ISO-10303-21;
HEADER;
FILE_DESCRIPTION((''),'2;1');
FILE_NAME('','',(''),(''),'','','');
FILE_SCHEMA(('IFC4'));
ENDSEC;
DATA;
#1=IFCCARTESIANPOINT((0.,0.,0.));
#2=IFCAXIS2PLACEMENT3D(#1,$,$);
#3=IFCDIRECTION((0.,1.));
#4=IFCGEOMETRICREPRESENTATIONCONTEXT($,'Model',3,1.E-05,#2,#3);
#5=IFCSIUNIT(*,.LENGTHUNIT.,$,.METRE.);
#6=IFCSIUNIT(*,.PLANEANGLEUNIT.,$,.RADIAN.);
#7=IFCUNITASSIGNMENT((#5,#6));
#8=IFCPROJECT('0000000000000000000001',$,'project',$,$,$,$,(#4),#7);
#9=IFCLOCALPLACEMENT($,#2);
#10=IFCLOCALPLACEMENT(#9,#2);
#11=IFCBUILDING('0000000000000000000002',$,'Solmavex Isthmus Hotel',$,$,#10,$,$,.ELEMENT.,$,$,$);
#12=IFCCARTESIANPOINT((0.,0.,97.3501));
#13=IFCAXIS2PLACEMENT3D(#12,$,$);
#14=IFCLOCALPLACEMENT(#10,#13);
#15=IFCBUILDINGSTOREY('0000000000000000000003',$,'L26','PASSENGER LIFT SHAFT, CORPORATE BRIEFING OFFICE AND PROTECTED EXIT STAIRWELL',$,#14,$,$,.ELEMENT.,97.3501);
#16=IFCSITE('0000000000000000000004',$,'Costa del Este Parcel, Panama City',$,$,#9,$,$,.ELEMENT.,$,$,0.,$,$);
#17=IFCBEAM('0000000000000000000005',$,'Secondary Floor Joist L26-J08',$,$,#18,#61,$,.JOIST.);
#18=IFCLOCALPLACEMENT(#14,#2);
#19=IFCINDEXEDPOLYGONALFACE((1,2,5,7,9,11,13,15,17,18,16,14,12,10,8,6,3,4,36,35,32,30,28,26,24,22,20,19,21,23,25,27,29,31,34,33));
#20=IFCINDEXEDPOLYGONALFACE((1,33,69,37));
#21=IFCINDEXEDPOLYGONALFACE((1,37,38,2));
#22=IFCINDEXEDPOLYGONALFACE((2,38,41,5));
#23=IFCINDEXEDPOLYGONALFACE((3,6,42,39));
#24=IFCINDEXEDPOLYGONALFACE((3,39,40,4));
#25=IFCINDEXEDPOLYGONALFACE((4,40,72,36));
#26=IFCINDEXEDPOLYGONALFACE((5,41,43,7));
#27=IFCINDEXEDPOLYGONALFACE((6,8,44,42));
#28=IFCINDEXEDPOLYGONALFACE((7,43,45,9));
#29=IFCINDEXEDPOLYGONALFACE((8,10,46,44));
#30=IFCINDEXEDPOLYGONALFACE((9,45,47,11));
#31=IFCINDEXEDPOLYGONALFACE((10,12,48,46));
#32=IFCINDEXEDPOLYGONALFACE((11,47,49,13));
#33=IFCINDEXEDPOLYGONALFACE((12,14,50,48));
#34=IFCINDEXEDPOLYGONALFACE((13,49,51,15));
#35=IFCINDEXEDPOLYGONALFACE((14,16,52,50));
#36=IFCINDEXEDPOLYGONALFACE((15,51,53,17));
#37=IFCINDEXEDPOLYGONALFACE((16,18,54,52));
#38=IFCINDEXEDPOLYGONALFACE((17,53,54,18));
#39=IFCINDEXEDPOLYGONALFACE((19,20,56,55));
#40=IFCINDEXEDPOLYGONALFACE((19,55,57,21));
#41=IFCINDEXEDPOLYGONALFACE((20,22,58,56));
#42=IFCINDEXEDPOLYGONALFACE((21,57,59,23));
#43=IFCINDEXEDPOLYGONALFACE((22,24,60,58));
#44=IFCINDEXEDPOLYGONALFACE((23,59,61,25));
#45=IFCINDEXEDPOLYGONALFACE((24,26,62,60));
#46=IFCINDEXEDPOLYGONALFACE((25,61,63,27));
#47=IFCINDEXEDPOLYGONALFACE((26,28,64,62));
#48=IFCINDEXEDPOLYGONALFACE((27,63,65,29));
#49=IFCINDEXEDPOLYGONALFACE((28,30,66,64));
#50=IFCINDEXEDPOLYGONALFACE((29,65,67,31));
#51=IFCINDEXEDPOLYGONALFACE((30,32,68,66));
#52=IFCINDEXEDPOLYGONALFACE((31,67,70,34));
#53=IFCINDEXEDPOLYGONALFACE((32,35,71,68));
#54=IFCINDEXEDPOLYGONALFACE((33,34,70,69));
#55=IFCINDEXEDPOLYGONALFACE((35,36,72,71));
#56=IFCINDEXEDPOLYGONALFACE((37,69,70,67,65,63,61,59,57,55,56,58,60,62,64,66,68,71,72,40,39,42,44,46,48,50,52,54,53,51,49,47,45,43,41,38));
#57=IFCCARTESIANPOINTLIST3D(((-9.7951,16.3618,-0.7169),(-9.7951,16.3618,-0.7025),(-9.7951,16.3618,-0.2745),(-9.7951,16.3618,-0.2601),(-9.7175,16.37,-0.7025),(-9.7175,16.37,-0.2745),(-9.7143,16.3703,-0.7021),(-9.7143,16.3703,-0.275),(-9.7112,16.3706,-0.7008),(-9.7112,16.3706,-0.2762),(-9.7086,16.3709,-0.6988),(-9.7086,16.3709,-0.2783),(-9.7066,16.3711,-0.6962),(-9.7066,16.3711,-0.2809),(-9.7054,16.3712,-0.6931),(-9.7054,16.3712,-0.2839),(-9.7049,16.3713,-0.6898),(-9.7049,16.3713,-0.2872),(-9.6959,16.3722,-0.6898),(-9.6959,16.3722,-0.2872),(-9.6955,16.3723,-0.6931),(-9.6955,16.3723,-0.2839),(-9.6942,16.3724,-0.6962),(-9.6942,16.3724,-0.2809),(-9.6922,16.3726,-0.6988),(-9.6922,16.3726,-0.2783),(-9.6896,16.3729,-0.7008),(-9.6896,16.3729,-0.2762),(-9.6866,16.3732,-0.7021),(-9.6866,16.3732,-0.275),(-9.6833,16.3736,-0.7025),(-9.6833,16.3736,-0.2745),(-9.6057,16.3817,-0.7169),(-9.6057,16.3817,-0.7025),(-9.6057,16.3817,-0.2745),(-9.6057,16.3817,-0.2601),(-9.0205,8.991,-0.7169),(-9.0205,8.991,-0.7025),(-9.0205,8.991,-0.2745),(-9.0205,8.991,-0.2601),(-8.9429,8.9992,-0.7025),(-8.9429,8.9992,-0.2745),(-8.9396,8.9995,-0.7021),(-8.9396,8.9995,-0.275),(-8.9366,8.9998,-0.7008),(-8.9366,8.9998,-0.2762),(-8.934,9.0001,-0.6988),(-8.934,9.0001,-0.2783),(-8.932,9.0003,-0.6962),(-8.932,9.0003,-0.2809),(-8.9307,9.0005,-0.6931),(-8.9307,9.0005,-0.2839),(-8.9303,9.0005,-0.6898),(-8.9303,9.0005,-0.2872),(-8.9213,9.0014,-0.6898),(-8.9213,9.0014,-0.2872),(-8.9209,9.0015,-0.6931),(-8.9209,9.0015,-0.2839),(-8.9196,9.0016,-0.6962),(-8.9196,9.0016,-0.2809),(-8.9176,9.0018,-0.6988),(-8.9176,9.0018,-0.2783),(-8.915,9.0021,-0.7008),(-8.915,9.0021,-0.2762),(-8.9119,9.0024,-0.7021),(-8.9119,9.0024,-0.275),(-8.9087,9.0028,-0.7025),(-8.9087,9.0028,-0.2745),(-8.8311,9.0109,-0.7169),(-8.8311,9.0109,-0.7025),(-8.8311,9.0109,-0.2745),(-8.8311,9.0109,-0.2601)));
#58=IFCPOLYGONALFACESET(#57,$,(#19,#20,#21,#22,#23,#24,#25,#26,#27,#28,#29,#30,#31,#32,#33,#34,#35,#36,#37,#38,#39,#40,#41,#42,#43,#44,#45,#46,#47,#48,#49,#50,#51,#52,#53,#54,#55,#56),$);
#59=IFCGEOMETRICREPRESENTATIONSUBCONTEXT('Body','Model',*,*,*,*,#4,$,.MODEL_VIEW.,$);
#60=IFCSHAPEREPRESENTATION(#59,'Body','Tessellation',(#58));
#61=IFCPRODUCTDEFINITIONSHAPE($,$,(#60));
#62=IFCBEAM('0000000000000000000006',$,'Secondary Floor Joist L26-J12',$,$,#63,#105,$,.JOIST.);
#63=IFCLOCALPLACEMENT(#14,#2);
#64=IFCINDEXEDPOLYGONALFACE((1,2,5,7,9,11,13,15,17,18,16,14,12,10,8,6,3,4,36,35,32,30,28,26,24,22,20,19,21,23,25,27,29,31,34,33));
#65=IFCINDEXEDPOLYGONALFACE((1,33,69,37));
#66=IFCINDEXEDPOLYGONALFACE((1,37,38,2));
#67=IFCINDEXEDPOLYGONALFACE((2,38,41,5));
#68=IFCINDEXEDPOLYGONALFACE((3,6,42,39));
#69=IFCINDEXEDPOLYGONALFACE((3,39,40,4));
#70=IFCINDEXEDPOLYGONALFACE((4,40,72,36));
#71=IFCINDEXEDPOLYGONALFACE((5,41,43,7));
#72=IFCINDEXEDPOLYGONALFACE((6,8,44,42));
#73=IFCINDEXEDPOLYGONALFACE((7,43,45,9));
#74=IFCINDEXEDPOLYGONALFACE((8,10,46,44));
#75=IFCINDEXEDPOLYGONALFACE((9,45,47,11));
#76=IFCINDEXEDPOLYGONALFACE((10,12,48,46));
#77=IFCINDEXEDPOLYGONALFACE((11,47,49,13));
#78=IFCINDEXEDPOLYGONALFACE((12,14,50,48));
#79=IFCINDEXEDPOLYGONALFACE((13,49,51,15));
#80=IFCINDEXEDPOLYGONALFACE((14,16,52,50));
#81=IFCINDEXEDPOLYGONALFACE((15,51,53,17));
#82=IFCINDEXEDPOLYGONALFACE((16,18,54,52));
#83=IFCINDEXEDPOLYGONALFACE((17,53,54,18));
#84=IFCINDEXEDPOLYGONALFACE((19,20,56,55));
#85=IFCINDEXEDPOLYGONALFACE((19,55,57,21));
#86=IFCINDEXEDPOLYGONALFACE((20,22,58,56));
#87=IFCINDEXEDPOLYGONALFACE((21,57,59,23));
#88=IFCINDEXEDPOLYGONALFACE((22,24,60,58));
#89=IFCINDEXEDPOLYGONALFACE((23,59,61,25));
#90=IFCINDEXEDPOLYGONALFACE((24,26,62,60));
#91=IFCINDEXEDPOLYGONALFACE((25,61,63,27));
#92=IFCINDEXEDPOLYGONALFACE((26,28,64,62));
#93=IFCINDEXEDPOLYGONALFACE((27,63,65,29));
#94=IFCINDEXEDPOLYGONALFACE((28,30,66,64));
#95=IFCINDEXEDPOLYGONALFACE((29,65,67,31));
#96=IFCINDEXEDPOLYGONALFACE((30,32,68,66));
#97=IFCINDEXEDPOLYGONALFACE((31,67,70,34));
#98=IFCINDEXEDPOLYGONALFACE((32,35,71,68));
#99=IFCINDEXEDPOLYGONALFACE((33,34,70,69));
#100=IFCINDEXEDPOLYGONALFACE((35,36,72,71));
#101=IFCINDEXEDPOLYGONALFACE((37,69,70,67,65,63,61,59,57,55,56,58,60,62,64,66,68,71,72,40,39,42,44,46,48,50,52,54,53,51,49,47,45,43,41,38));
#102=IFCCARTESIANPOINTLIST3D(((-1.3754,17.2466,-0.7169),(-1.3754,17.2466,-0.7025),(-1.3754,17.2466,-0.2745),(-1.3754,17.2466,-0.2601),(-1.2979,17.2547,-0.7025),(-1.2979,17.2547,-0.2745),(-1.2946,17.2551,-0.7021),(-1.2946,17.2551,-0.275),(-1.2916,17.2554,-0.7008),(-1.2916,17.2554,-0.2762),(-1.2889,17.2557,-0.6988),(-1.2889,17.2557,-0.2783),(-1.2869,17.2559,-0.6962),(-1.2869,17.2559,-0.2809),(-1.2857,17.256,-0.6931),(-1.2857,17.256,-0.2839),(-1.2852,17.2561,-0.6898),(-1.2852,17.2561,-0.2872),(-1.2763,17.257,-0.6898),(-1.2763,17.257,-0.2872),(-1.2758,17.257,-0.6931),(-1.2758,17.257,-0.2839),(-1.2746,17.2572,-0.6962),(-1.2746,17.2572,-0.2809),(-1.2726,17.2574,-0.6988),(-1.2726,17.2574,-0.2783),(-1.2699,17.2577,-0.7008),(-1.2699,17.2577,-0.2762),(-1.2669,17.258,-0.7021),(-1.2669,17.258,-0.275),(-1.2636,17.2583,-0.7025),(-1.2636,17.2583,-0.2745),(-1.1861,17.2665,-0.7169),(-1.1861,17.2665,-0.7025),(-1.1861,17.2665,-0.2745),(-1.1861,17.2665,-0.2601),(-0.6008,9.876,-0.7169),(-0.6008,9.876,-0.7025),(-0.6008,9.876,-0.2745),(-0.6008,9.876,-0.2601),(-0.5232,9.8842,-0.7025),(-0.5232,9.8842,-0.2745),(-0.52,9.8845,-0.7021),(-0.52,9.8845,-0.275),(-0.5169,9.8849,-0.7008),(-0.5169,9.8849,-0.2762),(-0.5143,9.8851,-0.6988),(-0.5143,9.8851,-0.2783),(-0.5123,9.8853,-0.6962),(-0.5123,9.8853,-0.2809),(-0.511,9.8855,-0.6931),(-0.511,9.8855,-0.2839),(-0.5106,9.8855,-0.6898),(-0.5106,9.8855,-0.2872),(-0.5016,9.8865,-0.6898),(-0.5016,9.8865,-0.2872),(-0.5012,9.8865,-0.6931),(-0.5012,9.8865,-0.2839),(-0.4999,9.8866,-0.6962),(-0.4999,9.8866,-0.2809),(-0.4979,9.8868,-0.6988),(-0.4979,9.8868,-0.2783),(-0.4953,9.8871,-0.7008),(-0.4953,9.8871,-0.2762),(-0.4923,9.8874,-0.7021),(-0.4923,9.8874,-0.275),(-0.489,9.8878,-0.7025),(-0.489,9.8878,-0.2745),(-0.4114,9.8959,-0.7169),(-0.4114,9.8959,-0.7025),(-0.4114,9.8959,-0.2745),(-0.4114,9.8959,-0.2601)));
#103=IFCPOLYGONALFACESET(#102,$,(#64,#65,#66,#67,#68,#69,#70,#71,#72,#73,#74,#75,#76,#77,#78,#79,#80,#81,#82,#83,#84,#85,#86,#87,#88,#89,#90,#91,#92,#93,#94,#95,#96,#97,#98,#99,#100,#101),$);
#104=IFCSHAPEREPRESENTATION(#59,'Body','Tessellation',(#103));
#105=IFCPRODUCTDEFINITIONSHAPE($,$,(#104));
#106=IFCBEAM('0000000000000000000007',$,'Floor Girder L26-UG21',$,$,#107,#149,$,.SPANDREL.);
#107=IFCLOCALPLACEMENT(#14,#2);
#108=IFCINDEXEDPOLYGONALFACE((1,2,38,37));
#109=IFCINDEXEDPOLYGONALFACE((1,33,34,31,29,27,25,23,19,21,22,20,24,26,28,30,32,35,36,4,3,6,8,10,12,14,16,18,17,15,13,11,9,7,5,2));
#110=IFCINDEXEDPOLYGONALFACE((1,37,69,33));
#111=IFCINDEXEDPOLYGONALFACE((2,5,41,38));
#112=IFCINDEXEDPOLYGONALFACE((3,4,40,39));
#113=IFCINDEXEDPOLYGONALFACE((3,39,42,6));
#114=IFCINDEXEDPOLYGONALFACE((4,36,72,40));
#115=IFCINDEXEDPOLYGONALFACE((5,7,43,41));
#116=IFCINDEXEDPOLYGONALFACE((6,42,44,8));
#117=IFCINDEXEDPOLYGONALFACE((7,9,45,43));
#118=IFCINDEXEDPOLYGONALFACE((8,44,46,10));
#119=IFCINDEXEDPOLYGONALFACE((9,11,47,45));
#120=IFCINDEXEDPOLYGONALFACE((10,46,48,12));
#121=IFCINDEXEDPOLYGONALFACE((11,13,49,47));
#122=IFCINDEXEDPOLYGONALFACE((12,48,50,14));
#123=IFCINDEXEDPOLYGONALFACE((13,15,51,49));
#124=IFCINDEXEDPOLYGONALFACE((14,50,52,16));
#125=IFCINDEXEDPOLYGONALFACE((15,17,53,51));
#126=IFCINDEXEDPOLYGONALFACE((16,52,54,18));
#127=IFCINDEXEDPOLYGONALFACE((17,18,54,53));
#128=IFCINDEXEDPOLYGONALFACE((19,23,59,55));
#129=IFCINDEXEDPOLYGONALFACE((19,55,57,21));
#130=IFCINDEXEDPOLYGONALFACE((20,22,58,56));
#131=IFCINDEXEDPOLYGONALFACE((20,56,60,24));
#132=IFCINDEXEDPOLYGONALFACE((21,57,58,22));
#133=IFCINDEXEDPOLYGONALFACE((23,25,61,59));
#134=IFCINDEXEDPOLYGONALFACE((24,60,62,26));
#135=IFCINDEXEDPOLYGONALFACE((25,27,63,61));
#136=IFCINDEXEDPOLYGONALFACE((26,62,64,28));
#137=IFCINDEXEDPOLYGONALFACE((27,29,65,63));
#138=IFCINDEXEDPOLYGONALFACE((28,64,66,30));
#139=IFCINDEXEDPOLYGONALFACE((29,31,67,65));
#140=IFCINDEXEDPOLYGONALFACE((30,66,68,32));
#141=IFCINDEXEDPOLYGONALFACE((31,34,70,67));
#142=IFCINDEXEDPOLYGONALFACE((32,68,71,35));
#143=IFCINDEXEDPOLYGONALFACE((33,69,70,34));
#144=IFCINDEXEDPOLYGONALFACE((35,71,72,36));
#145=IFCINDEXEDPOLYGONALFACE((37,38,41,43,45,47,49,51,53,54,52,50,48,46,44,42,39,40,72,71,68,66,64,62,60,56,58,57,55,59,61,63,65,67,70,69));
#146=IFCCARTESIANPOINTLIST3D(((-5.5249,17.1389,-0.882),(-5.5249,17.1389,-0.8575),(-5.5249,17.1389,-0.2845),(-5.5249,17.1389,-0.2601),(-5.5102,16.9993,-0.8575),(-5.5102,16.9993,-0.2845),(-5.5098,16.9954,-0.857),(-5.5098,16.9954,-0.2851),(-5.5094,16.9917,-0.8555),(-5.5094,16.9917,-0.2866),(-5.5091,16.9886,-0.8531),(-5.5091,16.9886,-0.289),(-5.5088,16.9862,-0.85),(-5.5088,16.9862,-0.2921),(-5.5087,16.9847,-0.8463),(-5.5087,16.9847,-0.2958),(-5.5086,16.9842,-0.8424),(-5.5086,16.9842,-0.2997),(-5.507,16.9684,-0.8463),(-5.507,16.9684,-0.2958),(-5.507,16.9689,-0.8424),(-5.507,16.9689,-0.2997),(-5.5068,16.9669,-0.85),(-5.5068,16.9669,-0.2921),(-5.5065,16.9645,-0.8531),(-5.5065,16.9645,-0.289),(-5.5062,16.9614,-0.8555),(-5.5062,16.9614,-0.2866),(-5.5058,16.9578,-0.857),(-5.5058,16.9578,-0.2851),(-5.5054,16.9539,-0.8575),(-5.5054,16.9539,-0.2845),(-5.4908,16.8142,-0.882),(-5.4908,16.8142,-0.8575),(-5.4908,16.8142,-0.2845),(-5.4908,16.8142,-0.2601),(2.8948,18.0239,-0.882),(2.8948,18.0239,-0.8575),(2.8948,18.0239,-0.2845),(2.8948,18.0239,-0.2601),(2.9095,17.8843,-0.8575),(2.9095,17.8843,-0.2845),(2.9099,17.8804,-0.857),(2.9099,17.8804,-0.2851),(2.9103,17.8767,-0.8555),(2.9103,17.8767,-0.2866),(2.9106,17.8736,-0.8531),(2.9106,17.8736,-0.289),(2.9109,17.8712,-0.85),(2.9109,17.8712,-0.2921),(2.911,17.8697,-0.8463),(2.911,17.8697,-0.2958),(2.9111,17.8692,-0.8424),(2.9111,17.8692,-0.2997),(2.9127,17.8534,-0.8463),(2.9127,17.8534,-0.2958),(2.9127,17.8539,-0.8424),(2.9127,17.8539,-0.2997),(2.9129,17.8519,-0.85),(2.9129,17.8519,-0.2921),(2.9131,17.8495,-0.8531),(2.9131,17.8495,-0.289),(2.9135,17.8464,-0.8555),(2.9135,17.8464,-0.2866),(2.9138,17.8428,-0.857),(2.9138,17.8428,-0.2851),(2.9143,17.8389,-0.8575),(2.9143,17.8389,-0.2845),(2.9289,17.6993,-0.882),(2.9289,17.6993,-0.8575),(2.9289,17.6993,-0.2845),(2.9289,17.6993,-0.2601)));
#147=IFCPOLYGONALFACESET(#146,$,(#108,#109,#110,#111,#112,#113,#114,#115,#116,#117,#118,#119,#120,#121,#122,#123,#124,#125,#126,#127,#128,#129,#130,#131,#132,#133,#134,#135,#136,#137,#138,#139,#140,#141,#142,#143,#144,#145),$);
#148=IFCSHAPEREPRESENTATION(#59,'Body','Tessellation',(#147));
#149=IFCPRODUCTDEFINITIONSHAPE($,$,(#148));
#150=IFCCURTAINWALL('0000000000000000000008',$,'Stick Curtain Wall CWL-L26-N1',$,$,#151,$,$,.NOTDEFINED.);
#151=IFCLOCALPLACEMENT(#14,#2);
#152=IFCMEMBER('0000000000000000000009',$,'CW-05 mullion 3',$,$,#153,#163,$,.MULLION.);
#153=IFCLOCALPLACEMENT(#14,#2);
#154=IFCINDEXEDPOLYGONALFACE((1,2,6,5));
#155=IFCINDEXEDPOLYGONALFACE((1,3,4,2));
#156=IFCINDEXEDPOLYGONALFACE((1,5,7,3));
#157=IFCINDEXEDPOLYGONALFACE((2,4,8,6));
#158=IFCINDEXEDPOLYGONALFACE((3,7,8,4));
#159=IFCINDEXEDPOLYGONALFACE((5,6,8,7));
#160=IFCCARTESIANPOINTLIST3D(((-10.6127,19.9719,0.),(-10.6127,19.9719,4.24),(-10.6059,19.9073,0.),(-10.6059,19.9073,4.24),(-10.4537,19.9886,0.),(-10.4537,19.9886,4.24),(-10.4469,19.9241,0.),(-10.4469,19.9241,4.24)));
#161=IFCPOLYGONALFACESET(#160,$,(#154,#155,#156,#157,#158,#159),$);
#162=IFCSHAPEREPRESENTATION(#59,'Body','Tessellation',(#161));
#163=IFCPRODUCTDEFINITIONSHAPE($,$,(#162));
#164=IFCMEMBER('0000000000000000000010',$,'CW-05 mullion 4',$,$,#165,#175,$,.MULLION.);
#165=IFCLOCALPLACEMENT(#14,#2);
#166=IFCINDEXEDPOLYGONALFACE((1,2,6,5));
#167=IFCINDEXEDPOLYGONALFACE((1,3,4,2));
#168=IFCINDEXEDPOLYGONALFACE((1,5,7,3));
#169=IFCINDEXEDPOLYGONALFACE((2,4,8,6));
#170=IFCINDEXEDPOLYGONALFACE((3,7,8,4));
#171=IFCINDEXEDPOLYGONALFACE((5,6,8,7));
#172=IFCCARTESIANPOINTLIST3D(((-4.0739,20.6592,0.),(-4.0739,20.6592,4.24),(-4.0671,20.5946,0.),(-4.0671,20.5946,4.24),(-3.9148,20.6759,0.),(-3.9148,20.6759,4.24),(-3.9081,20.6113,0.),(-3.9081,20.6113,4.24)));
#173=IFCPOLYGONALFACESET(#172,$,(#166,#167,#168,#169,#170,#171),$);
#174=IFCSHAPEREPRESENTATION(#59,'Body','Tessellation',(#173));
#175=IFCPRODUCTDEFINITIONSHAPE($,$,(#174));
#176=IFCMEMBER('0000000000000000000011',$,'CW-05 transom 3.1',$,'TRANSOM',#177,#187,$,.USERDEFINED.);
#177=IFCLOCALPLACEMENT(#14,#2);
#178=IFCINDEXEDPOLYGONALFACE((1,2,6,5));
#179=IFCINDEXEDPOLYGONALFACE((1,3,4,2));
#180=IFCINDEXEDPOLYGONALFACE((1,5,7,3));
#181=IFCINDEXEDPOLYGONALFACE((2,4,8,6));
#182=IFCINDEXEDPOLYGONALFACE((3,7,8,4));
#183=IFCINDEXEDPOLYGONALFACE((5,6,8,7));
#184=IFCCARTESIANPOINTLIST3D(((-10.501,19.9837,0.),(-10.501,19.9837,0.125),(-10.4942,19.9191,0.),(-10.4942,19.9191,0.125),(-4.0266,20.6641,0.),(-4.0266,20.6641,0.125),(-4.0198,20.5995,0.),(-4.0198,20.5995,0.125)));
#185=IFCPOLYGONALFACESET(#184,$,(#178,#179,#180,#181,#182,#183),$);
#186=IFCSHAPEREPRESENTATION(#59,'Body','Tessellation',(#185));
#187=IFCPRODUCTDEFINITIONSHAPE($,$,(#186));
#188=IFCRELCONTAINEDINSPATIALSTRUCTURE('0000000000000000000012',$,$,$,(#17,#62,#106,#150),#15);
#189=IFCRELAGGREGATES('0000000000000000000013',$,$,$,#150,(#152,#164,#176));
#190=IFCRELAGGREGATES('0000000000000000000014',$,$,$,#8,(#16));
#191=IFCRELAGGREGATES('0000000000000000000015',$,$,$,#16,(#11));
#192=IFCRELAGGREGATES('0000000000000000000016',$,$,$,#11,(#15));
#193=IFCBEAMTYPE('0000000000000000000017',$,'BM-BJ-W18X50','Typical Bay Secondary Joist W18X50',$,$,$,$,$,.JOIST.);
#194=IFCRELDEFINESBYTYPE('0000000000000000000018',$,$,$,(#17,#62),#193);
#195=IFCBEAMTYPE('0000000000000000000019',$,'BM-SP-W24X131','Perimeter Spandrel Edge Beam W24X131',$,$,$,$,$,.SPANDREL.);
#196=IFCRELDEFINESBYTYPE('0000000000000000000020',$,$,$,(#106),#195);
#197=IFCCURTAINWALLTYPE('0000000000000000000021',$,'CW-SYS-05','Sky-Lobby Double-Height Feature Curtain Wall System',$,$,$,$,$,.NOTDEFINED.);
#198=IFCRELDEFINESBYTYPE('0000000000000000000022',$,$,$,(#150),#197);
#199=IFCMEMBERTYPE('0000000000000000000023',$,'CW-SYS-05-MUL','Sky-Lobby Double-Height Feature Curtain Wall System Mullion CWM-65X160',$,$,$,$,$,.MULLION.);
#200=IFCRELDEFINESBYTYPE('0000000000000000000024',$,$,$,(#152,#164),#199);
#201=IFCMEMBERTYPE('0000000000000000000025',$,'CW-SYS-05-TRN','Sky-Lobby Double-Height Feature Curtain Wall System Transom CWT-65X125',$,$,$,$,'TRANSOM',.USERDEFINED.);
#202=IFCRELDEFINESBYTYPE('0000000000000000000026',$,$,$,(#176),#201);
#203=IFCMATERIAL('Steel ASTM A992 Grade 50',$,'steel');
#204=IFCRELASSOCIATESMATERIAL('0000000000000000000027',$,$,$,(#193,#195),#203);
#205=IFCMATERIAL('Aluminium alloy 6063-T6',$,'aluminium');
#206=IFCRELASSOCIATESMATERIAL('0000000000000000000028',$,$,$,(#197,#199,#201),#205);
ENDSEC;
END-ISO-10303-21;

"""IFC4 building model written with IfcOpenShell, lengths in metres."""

from ifc_helpers import new_model, si_unit, direction, frame, origin, origin_2d, place, context, subcontext, project, spatial, rectangle, i_section, extrude, material, material_profile, profile_set, type_object, element, aggregate, save


model = new_model("IFC4")

# Units and contexts
model_context = context("Model", 3, precision=1e-05, world=origin(), true_north=direction((0.0, 1.0)))
body_context = subcontext(model_context, "Body", "Model", "MODEL_VIEW")
ifc_project = project(units=[si_unit("LENGTHUNIT", "METRE"), si_unit("PLANEANGLEUNIT", "RADIAN")], contexts=[model_context])

# Site, building, storey
site_placement = place(None, origin())
site = spatial("IfcSite", under=ifc_project, at=site_placement, Name="Costa del Este Parcel, Panama City", CompositionType="ELEMENT", RefElevation=0.0)
building_placement = place(site_placement, origin())
building = spatial("IfcBuilding", under=site, at=building_placement, Name="Solmavex Isthmus Hotel", CompositionType="ELEMENT")
storey_placement = place(building_placement, frame((0.0, 0.0, 97.3501)))
storey = spatial("IfcBuildingStorey", under=building, at=storey_placement, Name="L26", Description="PASSENGER LIFT SHAFT, CORPORATE BRIEFING OFFICE AND PROTECTED EXIT STAIRWELL", CompositionType="ELEMENT", Elevation=97.3501)

# Beams
ifc_material_1 = material(Name="Steel ASTM A992 Grade 50", Category="steel")
ifc_material_profile_1 = material_profile(ifc_material_1, i_section(OverallWidth=0.1904, OverallDepth=0.4568, WebThickness=0.009, FlangeThickness=0.0144, FilletRadius=0.0127, at=origin_2d()), Name="W18X50")
ifc_profile_set_1 = profile_set([ifc_material_profile_1], Name="Steel ASTM A992 Grade 50")
beam_type_1 = type_object("IfcBeamType", Name="BM-BJ-W18X50", Description="Typical Bay Secondary Joist W18X50", PredefinedType="JOIST", material=ifc_profile_set_1)
beam_1_placement = place(storey_placement, frame((-8.9258, 9.001, -0.4885), z_axis=(-0.104522, 0.994523, 0.0), x_axis=(-0.994523, -0.104522, 0.0)))
element("IfcBeam", 1, at=beam_1_placement, inside=storey, type_object=beam_type_1, Name="Secondary Floor Joist L26-J08", PredefinedType="JOIST", context=body_context, shape_type="SweptSolid", body=[
    extrude(i_section(OverallWidth=0.1904, OverallDepth=0.4568, WebThickness=0.009, FlangeThickness=0.0144, FilletRadius=0.0127, at=origin_2d()), origin(), (0.0, 0.0, 1.0), 7.4114),
])
beam_2_placement = place(storey_placement, frame((-0.5061, 9.886, -0.4885), z_axis=(-0.104525, 0.994522, 0.0), x_axis=(-0.994522, -0.104525, 0.0)))
element("IfcBeam", 2, at=beam_2_placement, inside=storey, type_object=beam_type_1, Name="Secondary Floor Joist L26-J12", PredefinedType="JOIST", context=body_context, shape_type="SweptSolid", body=[
    extrude(i_section(OverallWidth=0.1904, OverallDepth=0.4568, WebThickness=0.009, FlangeThickness=0.0144, FilletRadius=0.0127, at=origin_2d()), origin(), (0.0, 0.0, 1.0), 7.4111),
])
ifc_material_profile_2 = material_profile(ifc_material_1, i_section(OverallWidth=0.3264, OverallDepth=0.6218, WebThickness=0.0154, FlangeThickness=0.0244, FilletRadius=0.0151, at=origin_2d()), Name="W24X131")
ifc_profile_set_2 = profile_set([ifc_material_profile_2], Name="Steel ASTM A992 Grade 50")
beam_type_2 = type_object("IfcBeamType", Name="BM-SP-W24X131", Description="Perimeter Spandrel Edge Beam W24X131", PredefinedType="SPANDREL", material=ifc_profile_set_2)
beam_3_placement = place(storey_placement, frame((-5.5078, 16.9766, -0.571), z_axis=(0.994521, 0.104536, 0.0), x_axis=(-0.104536, 0.994521, 0.0)))
element("IfcBeam", 3, at=beam_3_placement, inside=storey, type_object=beam_type_2, Name="Floor Girder L26-UG21", PredefinedType="SPANDREL", context=body_context, shape_type="SweptSolid", body=[
    extrude(i_section(OverallWidth=0.3264, OverallDepth=0.6218, WebThickness=0.0154, FlangeThickness=0.0244, FilletRadius=0.0151, at=origin_2d()), origin(), (0.0, 0.0, 1.0), 8.4661),
])

# Curtain wall, members
ifc_material_2 = material(Name="Aluminium alloy 6063-T6", Category="aluminium")
curtain_wall_type = type_object("IfcCurtainWallType", Name="CW-SYS-05", Description="Sky-Lobby Double-Height Feature Curtain Wall System", PredefinedType="NOTDEFINED", material=ifc_material_2)
curtain_wall_placement = place(storey_placement, origin())
curtain_wall = element("IfcCurtainWall", 4, at=curtain_wall_placement, inside=storey, type_object=curtain_wall_type, Name="Stick Curtain Wall CWL-L26-N1", PredefinedType="NOTDEFINED")
ifc_material_profile_3 = material_profile(ifc_material_2, rectangle(XDim=0.0649, YDim=0.1599, at=origin_2d()), Name="CWM-65X160")
ifc_profile_set_3 = profile_set([ifc_material_profile_3], Name="Aluminium alloy 6063-T6")
member_type_1 = type_object("IfcMemberType", Name="CW-SYS-05-MUL", Description="Sky-Lobby Double-Height Feature Curtain Wall System Mullion CWM-65X160", PredefinedType="MULLION", material=ifc_profile_set_3)
member_1_placement = place(storey_placement, frame((-10.5298, 19.948, 0.0), z_axis=(0.0, 0.0, 1.0), x_axis=(-0.104528, 0.994522, 0.0)))
member_1 = element("IfcMember", 5, at=member_1_placement, type_object=member_type_1, Name="CW-05 mullion 3", PredefinedType="MULLION", context=body_context, shape_type="SweptSolid", body=[
    extrude(rectangle(XDim=0.0649, YDim=0.1599, at=origin_2d()), origin(), (0.0, 0.0, 1.0), 4.24),
])
member_2_placement = place(storey_placement, frame((-3.991, 20.6353, 0.0), z_axis=(0.0, 0.0, 1.0), x_axis=(-0.104528, 0.994522, 0.0)))
member_2 = element("IfcMember", 6, at=member_2_placement, type_object=member_type_1, Name="CW-05 mullion 4", PredefinedType="MULLION", context=body_context, shape_type="SweptSolid", body=[
    extrude(rectangle(XDim=0.0649, YDim=0.1599, at=origin_2d()), origin(), (0.0, 0.0, 1.0), 4.24),
])
ifc_material_profile_4 = material_profile(ifc_material_2, rectangle(XDim=0.0649, YDim=0.125, at=origin_2d()), Name="CWT-65X125")
ifc_profile_set_4 = profile_set([ifc_material_profile_4], Name="Aluminium alloy 6063-T6")
member_type_2 = type_object("IfcMemberType", Name="CW-SYS-05-TRN", Description="Sky-Lobby Double-Height Feature Curtain Wall System Transom CWT-65X125", ElementType="TRANSOM", PredefinedType="USERDEFINED", material=ifc_profile_set_4)
member_3_placement = place(storey_placement, frame((-10.4976, 19.9514, 0.0625), z_axis=(0.994523, 0.104519, 0.0), x_axis=(-0.104519, 0.994523, 0.0)))
member_3 = element("IfcMember", 7, at=member_3_placement, type_object=member_type_2, Name="CW-05 transom 3.1", ObjectType="TRANSOM", PredefinedType="USERDEFINED", context=body_context, shape_type="SweptSolid", body=[
    extrude(rectangle(XDim=0.0649, YDim=0.125, at=origin_2d()), origin(), (0.0, 0.0, 1.0), 6.51),
])
aggregate(curtain_wall, [member_1, member_2, member_3])

save(model, "model.ifc")
